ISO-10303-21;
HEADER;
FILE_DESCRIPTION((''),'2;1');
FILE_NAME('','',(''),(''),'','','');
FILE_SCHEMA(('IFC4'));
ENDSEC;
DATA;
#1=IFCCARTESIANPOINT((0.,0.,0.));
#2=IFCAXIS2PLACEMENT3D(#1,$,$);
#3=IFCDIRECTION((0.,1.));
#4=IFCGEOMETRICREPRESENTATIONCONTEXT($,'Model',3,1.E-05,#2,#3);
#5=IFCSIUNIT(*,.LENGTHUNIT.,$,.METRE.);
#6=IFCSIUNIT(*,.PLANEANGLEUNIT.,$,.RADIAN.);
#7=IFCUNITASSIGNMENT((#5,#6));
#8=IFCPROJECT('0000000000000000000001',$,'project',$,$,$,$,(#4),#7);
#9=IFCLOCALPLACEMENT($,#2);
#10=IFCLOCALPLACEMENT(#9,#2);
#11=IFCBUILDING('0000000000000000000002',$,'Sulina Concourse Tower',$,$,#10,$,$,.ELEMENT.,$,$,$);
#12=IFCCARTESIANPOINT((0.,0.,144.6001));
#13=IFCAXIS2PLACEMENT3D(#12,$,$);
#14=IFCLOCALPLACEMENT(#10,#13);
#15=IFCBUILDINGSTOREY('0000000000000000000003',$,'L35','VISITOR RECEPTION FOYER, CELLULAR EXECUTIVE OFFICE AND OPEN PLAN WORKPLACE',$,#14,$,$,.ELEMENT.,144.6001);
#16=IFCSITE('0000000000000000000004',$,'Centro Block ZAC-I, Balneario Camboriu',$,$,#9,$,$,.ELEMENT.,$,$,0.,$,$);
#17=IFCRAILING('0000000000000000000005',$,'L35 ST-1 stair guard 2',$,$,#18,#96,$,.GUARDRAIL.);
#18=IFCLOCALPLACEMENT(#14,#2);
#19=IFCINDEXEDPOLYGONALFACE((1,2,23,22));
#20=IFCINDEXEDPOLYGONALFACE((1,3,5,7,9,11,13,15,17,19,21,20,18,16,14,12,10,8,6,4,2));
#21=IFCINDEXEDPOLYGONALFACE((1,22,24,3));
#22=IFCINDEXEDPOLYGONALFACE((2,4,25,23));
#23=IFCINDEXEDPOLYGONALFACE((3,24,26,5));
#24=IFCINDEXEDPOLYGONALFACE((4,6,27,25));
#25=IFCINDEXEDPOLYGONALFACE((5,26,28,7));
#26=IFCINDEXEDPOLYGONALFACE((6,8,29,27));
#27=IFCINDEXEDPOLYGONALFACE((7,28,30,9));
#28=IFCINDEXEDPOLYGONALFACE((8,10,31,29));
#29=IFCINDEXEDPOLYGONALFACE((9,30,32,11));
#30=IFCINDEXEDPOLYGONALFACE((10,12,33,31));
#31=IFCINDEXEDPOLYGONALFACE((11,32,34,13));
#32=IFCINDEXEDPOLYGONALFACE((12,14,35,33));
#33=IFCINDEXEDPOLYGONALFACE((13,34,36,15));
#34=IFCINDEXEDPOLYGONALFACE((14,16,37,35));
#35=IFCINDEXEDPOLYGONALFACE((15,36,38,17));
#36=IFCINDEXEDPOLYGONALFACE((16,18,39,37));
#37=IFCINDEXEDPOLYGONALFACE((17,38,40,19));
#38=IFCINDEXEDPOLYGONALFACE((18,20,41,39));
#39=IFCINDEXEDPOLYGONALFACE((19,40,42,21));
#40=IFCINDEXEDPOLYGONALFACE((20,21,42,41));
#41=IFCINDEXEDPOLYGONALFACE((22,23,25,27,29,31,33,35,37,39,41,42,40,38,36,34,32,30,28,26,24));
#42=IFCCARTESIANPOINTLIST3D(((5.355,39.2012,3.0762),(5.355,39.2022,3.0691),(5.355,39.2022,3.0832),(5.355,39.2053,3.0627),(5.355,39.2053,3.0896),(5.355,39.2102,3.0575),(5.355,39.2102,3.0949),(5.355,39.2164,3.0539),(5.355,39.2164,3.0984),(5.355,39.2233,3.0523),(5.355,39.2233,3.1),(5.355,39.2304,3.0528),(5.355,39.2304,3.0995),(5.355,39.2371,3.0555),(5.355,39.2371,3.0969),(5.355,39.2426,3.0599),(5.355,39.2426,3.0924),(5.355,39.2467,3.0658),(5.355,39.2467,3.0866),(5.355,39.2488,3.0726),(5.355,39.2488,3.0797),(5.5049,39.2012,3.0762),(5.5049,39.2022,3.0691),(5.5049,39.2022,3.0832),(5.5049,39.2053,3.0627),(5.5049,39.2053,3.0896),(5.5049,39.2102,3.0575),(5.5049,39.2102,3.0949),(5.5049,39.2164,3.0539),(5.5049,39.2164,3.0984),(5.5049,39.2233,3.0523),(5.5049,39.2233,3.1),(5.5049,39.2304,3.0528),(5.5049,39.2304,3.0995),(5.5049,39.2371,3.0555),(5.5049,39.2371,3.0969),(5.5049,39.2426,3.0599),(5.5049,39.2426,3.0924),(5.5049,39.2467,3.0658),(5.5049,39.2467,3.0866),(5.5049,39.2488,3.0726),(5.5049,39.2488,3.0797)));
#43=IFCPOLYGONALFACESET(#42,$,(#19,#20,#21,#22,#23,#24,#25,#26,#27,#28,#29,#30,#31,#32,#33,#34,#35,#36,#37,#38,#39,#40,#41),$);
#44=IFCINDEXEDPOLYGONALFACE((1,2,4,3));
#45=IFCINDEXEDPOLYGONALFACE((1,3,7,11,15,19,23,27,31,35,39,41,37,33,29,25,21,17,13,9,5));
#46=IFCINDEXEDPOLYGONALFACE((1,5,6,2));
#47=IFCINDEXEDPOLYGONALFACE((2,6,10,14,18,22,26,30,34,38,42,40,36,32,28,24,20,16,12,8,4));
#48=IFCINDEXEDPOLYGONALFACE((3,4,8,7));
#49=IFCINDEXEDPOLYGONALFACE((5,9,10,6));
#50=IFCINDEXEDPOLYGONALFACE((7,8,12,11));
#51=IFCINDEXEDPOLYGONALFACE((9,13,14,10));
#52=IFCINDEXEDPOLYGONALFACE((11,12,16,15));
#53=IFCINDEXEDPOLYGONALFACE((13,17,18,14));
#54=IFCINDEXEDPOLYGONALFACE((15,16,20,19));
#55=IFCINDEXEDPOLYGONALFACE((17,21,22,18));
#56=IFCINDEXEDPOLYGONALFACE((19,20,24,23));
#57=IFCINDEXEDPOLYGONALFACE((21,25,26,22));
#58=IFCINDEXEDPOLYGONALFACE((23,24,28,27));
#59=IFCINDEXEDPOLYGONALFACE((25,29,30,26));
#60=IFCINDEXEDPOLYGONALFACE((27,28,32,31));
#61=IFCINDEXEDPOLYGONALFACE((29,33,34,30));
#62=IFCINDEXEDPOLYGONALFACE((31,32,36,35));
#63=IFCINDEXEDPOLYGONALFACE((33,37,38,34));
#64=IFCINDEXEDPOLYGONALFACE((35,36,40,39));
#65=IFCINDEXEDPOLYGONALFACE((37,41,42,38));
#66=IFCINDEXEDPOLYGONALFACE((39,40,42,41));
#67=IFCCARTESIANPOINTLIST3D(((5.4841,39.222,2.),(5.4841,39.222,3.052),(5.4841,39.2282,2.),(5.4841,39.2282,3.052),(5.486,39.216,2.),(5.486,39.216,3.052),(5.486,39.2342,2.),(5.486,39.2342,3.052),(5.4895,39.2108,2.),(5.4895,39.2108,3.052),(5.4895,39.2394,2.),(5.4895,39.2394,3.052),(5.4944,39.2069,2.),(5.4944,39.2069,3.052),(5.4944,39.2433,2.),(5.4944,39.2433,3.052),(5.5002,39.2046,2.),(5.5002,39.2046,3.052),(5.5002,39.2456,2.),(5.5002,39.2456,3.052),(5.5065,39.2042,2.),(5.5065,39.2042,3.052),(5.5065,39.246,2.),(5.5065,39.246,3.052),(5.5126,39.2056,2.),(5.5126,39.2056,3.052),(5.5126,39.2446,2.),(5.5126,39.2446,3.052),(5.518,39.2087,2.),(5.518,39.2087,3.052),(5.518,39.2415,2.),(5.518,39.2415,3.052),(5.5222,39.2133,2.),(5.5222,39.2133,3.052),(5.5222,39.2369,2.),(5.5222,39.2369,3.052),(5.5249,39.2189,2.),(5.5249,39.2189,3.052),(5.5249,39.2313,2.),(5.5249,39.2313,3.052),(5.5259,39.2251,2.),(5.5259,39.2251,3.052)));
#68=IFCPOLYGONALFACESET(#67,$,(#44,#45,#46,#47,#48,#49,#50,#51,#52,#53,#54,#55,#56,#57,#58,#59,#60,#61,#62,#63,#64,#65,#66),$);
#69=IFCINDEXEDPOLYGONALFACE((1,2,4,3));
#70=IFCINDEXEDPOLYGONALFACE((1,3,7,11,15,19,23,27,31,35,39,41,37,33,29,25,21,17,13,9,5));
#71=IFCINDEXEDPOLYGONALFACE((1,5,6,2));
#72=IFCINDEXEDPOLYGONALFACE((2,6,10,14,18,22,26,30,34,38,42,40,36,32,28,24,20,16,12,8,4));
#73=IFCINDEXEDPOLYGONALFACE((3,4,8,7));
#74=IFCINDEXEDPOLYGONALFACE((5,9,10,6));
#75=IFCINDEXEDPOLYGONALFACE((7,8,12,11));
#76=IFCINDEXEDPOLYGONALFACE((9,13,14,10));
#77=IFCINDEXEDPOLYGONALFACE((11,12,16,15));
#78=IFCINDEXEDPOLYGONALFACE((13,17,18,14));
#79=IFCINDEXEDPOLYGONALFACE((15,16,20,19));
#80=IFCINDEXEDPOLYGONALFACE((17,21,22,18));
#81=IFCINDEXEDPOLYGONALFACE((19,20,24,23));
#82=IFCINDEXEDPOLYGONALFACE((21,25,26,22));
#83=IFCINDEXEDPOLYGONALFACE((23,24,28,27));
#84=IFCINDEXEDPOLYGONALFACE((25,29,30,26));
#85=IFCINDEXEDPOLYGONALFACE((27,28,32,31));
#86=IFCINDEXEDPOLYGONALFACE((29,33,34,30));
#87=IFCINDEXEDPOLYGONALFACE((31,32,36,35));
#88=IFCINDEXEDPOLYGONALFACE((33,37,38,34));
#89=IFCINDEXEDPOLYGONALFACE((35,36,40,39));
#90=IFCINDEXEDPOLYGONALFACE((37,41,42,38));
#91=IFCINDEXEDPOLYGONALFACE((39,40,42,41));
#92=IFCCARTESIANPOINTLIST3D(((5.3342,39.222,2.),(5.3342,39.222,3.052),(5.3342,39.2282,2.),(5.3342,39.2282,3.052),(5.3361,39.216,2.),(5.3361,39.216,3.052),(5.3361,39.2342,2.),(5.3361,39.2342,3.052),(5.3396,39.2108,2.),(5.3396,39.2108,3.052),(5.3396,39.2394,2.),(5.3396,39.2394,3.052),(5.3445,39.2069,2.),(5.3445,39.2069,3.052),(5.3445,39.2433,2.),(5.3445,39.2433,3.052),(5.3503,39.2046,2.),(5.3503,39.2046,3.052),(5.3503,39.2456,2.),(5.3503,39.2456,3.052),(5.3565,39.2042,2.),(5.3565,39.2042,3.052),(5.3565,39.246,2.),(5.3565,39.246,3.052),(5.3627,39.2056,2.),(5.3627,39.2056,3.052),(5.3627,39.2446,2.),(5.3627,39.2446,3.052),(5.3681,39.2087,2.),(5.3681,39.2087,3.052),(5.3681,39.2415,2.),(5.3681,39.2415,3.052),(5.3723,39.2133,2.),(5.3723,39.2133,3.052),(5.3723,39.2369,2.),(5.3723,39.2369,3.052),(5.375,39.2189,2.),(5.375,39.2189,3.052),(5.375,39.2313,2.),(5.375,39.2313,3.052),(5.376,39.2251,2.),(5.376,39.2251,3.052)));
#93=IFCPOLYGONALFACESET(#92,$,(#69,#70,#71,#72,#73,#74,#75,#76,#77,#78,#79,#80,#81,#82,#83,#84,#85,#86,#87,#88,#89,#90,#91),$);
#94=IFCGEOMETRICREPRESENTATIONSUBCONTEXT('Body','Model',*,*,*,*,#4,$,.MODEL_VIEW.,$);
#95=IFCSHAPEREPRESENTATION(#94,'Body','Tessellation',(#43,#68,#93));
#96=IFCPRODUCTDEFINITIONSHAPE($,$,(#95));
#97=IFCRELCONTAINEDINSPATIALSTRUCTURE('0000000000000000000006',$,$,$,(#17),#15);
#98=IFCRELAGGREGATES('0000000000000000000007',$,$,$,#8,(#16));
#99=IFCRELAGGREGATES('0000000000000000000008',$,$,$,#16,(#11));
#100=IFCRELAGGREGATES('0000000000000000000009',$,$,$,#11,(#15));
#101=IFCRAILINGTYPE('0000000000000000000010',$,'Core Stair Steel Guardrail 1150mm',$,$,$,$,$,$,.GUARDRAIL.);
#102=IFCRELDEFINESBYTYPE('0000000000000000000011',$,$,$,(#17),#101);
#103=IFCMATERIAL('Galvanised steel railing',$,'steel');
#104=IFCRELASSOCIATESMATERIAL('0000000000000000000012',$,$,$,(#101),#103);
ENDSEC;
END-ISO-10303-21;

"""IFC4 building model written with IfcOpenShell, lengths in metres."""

from ifc_helpers import new_model, si_unit, direction, frame, origin, origin_2d, place, context, subcontext, project, spatial, circle, extrude, material, type_object, element, save


model = new_model("IFC4")

# Units and contexts
model_context = context("Model", 3, precision=1e-05, world=origin(), true_north=direction((0.0, 1.0)))
body_context = subcontext(model_context, "Body", "Model", "MODEL_VIEW")
ifc_project = project(units=[si_unit("LENGTHUNIT", "METRE"), si_unit("PLANEANGLEUNIT", "RADIAN")], contexts=[model_context])

# Site, building, storey
site_placement = place(None, origin())
site = spatial("IfcSite", under=ifc_project, at=site_placement, Name="Centro Block ZAC-I, Balneario Camboriu", CompositionType="ELEMENT", RefElevation=0.0)
building_placement = place(site_placement, origin())
building = spatial("IfcBuilding", under=site, at=building_placement, Name="Sulina Concourse Tower", CompositionType="ELEMENT")
storey_placement = place(building_placement, frame((0.0, 0.0, 144.6001)))
storey = spatial("IfcBuildingStorey", under=building, at=storey_placement, Name="L35", Description="VISITOR RECEPTION FOYER, CELLULAR EXECUTIVE OFFICE AND OPEN PLAN WORKPLACE", CompositionType="ELEMENT", Elevation=144.6001)

# Railing
ifc_material_1 = material(Name="Galvanised steel railing", Category="steel")
railing_type_1 = type_object("IfcRailingType", Name="Core Stair Steel Guardrail 1150mm", PredefinedType="GUARDRAIL", material=ifc_material_1)
railing_1_placement = place(storey_placement, frame((5.5049, 39.2251, 2.0)))
element("IfcRailing", 1, at=railing_1_placement, inside=storey, type_object=railing_type_1, Name="L35 ST-1 stair guard 2", PredefinedType="GUARDRAIL", context=body_context, shape_type="SweptSolid", body=[
    extrude(circle(Radius=0.0239, at=origin_2d()), frame((0.0, 0.0, 1.0762), z_axis=(-1.0, 0.0, 0.0), x_axis=(0.0, -1.0, 0.0)), (0.0, 0.0, 1.0), 0.1499),
    extrude(circle(Radius=0.021, at=origin_2d()), origin(), (0.0, 0.0, 1.0), 1.052),
    extrude(circle(Radius=0.021, at=origin_2d()), frame((-0.1499, 0.0, 0.0)), (0.0, 0.0, 1.0), 1.052),
])

save(model, "model.ifc")
